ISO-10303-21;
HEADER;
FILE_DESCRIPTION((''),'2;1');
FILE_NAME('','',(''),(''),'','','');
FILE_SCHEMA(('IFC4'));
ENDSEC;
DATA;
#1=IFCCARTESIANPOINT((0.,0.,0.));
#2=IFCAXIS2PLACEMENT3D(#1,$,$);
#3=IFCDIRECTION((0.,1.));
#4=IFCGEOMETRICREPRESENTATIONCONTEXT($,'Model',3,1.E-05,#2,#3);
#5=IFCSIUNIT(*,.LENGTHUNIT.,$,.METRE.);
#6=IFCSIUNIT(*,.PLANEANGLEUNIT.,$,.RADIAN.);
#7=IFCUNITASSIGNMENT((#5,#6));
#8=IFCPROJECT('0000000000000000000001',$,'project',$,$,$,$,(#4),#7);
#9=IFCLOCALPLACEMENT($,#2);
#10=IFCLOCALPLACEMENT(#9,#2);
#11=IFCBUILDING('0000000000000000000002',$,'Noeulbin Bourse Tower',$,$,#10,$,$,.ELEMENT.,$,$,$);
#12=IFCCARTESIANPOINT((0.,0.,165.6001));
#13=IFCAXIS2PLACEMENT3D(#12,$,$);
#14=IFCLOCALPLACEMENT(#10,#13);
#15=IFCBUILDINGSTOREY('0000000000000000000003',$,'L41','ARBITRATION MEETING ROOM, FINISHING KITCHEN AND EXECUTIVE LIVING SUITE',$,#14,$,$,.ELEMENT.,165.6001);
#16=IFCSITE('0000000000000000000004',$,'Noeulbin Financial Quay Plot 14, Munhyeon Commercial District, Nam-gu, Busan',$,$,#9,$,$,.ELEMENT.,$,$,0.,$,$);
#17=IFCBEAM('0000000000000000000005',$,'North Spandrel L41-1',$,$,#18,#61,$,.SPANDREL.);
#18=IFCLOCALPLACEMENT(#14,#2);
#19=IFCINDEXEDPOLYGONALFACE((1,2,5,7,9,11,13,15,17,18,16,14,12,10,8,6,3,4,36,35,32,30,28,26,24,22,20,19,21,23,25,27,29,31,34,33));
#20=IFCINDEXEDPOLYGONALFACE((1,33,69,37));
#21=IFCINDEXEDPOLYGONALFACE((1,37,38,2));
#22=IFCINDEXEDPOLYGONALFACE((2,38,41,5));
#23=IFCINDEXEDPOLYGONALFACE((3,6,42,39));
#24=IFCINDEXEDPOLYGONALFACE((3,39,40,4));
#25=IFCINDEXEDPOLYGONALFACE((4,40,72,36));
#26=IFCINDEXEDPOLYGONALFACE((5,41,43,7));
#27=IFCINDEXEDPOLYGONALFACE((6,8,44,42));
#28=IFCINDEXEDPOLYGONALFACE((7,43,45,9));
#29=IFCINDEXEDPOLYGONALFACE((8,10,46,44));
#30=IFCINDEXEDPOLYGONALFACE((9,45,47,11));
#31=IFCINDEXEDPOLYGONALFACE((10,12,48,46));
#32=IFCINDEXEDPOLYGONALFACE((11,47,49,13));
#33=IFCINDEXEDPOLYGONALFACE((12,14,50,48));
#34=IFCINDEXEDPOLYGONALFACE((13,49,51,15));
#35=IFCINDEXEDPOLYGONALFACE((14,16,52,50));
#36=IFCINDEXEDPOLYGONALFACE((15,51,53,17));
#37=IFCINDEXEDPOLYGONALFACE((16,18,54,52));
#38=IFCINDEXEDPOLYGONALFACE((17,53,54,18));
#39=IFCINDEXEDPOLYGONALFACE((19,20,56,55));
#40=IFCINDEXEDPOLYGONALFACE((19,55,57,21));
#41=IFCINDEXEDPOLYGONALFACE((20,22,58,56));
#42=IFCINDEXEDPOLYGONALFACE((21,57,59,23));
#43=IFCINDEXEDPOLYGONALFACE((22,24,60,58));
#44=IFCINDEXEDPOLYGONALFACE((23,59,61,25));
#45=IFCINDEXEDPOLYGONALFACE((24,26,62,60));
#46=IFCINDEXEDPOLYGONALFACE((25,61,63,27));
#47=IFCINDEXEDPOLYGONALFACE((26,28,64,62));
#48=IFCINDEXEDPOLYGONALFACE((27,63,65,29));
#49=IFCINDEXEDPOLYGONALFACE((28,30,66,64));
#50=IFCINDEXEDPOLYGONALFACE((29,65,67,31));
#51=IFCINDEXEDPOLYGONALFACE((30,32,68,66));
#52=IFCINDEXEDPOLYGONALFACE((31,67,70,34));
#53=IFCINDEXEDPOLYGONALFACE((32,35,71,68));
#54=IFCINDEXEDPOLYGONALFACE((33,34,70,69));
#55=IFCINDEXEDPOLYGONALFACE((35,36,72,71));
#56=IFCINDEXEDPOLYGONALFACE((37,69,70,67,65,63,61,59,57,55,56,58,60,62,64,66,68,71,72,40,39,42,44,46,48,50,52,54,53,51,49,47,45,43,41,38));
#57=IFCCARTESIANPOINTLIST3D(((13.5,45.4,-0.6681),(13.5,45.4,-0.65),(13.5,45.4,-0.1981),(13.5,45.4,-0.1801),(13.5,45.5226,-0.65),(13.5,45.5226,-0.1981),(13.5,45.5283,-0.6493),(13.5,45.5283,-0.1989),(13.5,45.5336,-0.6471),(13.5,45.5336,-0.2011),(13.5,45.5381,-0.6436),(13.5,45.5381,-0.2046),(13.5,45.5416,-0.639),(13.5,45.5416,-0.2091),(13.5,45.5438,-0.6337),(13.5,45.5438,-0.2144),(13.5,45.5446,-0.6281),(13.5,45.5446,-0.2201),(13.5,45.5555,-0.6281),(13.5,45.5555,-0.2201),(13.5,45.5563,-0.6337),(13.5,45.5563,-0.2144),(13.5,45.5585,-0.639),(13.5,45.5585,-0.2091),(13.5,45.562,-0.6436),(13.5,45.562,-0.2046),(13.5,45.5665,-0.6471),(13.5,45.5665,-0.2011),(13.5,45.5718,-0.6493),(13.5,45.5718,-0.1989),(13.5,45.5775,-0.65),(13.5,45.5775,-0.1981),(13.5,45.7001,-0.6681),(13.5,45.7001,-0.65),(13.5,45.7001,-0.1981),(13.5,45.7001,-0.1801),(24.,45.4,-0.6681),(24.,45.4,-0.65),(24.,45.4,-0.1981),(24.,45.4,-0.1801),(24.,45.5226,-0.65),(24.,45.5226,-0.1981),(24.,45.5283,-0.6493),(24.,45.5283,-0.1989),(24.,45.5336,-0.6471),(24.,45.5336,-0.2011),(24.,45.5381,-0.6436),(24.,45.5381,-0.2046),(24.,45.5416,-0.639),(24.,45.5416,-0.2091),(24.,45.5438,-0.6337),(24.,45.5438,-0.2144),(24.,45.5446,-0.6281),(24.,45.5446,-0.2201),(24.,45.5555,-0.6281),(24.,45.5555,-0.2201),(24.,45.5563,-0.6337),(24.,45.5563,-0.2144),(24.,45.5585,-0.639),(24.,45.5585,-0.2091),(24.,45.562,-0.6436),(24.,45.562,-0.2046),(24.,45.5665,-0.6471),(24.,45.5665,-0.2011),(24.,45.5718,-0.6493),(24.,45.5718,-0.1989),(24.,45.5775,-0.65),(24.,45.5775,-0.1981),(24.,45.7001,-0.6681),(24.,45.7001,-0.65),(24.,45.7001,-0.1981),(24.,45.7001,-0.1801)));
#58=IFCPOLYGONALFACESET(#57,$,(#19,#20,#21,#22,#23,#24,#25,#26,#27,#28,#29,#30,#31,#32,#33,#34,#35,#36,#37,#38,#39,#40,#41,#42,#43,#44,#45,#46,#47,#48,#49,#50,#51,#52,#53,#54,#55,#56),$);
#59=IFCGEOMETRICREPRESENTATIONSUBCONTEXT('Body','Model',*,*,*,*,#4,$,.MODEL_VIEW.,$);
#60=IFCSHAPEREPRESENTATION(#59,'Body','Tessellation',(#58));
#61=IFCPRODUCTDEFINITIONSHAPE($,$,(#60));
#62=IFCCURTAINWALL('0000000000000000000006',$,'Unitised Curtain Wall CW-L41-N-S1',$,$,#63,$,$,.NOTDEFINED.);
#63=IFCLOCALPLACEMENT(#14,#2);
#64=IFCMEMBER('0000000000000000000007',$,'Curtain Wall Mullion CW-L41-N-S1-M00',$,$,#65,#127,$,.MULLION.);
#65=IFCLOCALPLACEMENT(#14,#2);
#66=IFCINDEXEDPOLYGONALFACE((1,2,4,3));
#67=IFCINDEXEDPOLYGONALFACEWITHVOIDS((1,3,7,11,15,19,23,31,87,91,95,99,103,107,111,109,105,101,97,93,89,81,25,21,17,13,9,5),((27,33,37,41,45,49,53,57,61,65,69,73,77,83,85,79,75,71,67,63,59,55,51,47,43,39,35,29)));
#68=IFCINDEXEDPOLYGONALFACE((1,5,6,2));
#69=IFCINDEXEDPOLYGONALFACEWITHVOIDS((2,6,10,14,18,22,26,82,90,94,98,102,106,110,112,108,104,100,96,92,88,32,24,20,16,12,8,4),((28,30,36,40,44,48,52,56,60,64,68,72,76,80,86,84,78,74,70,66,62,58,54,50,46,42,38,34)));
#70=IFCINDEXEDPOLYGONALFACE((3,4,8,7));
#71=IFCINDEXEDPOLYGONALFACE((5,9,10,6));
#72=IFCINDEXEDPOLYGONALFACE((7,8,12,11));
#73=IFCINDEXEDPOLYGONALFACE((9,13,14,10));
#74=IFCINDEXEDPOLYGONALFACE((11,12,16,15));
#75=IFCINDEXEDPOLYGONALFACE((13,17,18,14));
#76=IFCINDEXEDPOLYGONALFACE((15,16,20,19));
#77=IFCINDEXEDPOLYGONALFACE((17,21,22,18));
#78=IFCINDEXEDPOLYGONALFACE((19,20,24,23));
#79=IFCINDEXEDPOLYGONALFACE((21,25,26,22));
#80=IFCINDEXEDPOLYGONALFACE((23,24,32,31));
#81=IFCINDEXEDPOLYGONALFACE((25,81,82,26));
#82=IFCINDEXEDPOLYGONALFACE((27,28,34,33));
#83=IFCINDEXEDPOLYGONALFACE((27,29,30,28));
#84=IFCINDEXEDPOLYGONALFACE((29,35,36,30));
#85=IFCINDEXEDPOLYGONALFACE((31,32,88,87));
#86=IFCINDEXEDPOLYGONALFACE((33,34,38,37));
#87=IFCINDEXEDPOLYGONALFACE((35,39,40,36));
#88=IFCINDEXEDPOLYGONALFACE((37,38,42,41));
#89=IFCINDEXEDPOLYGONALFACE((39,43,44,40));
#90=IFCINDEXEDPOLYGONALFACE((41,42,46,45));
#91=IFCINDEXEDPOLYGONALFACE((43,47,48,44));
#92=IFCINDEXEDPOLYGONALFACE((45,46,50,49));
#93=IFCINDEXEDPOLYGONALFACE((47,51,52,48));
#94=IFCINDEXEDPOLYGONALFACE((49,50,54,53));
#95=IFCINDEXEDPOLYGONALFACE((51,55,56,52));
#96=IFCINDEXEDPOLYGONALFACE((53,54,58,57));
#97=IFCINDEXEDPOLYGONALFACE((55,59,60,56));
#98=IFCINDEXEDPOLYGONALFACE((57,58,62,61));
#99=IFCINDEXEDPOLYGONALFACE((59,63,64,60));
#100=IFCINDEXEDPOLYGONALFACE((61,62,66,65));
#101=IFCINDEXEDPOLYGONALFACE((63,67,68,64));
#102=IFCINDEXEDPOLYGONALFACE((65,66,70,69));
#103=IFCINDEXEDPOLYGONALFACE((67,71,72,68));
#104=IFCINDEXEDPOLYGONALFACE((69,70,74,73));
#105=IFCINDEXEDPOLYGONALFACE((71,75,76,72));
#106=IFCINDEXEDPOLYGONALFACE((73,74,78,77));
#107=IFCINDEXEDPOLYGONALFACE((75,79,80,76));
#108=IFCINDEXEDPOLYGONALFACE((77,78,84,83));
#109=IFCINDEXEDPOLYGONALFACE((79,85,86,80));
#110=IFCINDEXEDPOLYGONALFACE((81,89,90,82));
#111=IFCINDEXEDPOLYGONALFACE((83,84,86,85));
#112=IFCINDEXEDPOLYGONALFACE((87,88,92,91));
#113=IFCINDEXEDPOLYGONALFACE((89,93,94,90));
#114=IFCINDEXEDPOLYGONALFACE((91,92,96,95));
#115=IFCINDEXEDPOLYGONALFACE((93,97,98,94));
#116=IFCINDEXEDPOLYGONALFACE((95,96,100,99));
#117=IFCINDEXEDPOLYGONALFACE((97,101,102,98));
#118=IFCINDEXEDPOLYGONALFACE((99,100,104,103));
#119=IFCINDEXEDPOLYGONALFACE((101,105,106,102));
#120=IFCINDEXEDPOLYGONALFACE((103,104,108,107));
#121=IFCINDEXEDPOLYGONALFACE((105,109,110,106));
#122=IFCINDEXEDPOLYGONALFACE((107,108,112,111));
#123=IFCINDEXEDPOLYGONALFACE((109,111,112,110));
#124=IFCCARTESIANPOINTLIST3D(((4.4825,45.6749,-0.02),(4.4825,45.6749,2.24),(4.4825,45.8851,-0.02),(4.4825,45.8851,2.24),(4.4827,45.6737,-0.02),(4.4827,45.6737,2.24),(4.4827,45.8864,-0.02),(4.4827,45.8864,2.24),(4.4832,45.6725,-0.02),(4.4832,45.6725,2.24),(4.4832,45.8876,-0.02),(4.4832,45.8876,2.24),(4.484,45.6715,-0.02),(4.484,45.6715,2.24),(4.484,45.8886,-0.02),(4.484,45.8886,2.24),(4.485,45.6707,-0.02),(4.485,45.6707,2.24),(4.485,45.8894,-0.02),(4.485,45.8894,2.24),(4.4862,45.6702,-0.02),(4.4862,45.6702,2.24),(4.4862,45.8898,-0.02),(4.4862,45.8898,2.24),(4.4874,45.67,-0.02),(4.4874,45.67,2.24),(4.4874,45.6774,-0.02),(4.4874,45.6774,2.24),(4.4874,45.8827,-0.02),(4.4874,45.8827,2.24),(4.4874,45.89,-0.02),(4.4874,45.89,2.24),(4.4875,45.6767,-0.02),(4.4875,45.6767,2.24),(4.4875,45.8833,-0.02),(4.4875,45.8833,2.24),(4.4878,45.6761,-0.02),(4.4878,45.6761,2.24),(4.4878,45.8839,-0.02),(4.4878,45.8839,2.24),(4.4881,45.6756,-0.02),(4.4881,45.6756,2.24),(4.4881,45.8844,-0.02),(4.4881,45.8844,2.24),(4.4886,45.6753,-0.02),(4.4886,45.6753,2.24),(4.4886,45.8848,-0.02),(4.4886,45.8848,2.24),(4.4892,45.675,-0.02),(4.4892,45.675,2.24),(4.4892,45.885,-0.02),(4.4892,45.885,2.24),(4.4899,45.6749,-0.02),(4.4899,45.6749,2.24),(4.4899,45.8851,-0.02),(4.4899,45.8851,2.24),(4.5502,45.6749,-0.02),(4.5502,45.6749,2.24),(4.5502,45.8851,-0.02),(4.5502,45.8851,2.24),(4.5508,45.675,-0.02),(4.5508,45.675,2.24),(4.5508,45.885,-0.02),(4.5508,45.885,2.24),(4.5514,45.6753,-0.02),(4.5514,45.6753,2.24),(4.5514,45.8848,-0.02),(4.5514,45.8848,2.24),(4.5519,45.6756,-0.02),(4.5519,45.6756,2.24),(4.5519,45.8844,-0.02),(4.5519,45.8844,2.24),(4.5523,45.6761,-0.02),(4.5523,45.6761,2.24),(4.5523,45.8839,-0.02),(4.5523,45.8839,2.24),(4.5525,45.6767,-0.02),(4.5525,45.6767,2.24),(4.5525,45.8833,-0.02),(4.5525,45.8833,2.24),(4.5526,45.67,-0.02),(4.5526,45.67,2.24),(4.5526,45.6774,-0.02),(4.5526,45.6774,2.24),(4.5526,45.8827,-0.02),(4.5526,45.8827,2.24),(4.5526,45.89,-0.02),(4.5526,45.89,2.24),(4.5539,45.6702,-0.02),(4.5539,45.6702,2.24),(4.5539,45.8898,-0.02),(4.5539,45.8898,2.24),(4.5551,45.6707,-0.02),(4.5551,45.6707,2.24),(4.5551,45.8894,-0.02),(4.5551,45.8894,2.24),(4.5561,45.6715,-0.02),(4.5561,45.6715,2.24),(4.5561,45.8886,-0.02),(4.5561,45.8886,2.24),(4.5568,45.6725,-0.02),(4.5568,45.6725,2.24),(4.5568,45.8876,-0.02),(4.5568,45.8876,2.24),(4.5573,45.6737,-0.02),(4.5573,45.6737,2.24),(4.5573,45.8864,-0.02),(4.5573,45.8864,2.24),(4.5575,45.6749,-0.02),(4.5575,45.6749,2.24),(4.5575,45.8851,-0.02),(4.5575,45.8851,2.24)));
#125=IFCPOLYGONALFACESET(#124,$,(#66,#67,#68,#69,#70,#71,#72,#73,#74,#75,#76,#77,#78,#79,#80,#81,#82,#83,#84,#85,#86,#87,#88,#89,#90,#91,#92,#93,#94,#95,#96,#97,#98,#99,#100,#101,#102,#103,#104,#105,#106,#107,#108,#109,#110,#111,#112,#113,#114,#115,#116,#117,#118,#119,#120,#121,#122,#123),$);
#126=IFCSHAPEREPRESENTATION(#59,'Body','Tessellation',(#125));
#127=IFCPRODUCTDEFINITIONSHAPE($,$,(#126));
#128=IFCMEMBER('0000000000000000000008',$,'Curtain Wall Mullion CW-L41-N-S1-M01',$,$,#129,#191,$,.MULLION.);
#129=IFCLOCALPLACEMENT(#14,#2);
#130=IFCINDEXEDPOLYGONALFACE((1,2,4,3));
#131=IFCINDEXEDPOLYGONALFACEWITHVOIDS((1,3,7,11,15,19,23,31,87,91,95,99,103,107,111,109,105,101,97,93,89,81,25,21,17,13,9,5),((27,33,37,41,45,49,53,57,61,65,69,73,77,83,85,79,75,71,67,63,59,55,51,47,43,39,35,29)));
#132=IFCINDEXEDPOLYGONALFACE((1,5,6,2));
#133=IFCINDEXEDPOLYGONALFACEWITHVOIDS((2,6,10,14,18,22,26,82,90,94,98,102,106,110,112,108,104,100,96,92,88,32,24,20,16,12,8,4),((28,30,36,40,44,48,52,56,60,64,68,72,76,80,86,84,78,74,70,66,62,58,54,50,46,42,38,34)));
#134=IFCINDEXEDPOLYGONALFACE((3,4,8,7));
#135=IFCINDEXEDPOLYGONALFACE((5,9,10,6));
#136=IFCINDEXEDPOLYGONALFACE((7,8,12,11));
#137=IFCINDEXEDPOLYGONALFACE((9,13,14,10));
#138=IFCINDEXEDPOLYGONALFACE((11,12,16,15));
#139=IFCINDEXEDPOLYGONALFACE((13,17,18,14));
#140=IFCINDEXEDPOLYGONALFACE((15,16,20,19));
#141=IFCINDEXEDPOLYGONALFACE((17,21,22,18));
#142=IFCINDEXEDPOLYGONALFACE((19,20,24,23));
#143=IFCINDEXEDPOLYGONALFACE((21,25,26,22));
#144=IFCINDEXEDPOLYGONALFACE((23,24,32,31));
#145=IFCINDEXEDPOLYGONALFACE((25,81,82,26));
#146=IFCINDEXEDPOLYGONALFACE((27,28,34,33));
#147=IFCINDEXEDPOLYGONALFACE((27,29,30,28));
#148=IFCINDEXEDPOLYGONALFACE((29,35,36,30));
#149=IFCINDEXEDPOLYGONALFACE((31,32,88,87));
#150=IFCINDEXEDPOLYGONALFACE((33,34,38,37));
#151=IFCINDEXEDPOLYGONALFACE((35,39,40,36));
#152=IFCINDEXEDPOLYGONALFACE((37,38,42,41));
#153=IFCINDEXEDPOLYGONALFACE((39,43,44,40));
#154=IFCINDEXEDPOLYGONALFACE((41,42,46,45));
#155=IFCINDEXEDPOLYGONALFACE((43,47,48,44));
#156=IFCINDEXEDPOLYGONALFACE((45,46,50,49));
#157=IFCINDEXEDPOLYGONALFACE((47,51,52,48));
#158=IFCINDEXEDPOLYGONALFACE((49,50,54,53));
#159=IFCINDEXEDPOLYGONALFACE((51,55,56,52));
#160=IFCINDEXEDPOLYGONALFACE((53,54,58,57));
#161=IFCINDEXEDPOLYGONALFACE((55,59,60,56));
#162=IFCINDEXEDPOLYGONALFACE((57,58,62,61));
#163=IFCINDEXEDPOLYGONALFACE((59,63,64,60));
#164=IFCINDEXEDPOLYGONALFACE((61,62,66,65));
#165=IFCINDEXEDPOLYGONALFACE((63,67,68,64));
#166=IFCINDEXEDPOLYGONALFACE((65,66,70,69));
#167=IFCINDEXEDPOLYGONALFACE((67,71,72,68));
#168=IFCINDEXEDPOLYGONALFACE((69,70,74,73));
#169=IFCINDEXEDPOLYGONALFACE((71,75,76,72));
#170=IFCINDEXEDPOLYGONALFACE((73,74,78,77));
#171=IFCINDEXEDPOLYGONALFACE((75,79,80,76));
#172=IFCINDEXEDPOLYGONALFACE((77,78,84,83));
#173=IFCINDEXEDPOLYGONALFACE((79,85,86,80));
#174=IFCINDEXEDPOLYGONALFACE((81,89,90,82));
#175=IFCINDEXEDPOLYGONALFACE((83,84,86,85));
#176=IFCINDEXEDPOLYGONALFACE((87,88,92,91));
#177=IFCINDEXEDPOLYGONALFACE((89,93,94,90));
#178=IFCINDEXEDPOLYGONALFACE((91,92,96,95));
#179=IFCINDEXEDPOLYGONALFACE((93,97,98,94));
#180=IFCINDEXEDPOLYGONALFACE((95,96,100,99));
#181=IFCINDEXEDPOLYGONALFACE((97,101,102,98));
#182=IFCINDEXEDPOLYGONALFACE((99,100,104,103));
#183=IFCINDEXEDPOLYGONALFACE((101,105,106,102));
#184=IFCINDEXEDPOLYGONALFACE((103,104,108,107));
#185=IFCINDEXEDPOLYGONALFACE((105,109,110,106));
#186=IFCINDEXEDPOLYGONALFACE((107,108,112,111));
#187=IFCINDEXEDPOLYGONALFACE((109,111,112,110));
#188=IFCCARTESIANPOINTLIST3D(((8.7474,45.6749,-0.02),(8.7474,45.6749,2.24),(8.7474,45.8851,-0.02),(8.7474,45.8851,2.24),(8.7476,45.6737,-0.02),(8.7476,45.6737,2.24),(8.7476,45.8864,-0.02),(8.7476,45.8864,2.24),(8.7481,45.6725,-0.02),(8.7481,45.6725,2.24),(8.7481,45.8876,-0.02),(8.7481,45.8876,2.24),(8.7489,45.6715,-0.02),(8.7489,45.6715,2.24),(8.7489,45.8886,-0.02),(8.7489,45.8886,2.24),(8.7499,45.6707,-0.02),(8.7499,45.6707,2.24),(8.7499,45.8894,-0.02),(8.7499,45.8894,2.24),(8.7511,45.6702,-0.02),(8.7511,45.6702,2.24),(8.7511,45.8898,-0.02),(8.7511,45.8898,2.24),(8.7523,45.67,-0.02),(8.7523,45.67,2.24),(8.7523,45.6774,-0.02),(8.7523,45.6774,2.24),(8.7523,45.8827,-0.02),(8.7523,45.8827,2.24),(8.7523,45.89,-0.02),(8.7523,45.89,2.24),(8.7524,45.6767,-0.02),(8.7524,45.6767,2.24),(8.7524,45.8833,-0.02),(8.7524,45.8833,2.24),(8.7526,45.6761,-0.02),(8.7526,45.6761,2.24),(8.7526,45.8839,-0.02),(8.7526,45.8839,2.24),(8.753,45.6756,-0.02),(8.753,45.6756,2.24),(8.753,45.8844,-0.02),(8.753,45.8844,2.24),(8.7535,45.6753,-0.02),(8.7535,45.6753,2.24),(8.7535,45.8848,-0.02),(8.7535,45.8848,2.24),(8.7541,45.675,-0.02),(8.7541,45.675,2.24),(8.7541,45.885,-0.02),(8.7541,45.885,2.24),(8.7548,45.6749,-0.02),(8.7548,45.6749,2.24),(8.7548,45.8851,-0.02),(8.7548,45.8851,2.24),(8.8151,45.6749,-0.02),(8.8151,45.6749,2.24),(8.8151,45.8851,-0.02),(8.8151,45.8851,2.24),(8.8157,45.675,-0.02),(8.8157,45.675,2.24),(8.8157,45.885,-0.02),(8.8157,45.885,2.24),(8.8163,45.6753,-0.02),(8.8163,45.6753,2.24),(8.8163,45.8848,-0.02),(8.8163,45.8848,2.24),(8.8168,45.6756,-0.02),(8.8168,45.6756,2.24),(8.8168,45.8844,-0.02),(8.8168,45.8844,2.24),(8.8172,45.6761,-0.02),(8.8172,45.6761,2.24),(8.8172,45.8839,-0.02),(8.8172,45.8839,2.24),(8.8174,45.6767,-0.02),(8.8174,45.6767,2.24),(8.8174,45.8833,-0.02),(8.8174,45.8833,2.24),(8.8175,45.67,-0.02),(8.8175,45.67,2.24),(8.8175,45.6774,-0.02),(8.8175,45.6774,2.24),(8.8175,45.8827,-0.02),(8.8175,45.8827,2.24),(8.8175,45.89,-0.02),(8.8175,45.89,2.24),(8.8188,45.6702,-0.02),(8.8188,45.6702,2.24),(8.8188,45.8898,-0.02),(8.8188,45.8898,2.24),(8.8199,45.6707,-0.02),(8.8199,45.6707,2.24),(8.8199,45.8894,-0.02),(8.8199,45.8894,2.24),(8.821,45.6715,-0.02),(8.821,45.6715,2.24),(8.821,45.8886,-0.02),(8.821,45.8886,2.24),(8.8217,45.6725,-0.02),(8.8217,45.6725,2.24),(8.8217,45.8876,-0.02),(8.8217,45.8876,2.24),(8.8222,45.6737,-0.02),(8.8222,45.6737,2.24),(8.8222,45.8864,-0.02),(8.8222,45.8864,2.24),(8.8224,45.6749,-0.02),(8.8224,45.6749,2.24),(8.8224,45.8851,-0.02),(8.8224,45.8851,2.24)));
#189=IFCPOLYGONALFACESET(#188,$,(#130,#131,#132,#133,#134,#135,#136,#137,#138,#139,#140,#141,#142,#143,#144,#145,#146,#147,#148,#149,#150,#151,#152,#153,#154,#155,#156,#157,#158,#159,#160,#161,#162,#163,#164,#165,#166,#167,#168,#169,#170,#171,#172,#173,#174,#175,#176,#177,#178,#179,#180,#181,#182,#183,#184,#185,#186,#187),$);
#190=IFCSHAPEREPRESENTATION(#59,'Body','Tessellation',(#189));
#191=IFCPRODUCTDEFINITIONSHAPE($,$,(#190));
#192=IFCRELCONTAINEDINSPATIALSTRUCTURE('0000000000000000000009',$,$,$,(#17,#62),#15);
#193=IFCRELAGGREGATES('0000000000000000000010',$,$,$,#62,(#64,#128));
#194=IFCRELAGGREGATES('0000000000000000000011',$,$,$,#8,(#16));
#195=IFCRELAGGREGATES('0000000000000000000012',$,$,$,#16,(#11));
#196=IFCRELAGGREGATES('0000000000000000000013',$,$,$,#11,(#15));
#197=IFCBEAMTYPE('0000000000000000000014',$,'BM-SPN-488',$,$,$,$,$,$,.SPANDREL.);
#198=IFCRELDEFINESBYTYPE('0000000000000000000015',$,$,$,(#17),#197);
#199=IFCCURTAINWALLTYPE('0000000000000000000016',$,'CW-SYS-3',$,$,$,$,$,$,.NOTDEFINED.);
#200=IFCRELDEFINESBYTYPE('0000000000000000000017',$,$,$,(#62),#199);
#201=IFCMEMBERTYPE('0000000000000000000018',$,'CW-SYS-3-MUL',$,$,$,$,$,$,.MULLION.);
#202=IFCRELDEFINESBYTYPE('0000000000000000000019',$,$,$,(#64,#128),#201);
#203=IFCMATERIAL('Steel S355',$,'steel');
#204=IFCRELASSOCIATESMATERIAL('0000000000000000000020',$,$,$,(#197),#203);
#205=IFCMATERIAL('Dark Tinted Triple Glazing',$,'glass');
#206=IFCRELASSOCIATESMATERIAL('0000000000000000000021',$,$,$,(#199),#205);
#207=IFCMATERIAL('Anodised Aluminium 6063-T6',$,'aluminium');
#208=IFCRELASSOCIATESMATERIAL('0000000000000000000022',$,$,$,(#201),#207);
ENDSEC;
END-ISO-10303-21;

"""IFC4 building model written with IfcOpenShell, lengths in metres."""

from ifc_helpers import new_model, si_unit, direction, frame, origin, origin_2d, place, context, subcontext, project, spatial, hollow_rectangle, i_section, extrude, material, material_profile, profile_set, type_object, element, aggregate, save


model = new_model("IFC4")

# Units and contexts
model_context = context("Model", 3, precision=1e-05, world=origin(), true_north=direction((0.0, 1.0)))
body_context = subcontext(model_context, "Body", "Model", "MODEL_VIEW")
ifc_project = project(units=[si_unit("LENGTHUNIT", "METRE"), si_unit("PLANEANGLEUNIT", "RADIAN")], contexts=[model_context])

# Site, building, storey
site_placement = place(None, origin())
site = spatial("IfcSite", under=ifc_project, at=site_placement, Name="Noeulbin Financial Quay Plot 14, Munhyeon Commercial District, Nam-gu, Busan", CompositionType="ELEMENT", RefElevation=0.0)
building_placement = place(site_placement, origin())
building = spatial("IfcBuilding", under=site, at=building_placement, Name="Noeulbin Bourse Tower", CompositionType="ELEMENT")
storey_placement = place(building_placement, frame((0.0, 0.0, 165.6001)))
storey = spatial("IfcBuildingStorey", under=building, at=storey_placement, Name="L41", Description="ARBITRATION MEETING ROOM, FINISHING KITCHEN AND EXECUTIVE LIVING SUITE", CompositionType="ELEMENT", Elevation=165.6001)

# Shared definitions
ifc_material_1 = material(Name="Steel S355", Category="steel")

# Beam
ifc_material_profile_1 = material_profile(ifc_material_1, i_section(OverallWidth=0.3, OverallDepth=0.488, WebThickness=0.011, FlangeThickness=0.0181, FilletRadius=0.022, at=origin_2d()), Name="H-488x300x11x18", Category="LoadBearing")
ifc_profile_set_1 = profile_set([ifc_material_profile_1], Name="Steel S355")
beam_type_1 = type_object("IfcBeamType", Name="BM-SPN-488", PredefinedType="SPANDREL", material=ifc_profile_set_1)
beam_1_placement = place(storey_placement, frame((13.5, 45.55, -0.4241), z_axis=(1.0, 0.0, 0.0), x_axis=(0.0, 1.0, 0.0)))
element("IfcBeam", 1, at=beam_1_placement, inside=storey, type_object=beam_type_1, Name="North Spandrel L41-1", PredefinedType="SPANDREL", context=body_context, shape_type="SweptSolid", body=[
    extrude(i_section(OverallWidth=0.3, OverallDepth=0.488, WebThickness=0.011, FlangeThickness=0.0181, FilletRadius=0.022, at=origin_2d()), origin(), (0.0, 0.0, 1.0), 10.5),
])

# Curtain wall, members
ifc_material_2 = material(Name="Dark Tinted Triple Glazing", Category="glass")
curtain_wall_type = type_object("IfcCurtainWallType", Name="CW-SYS-3", PredefinedType="NOTDEFINED", material=ifc_material_2)
curtain_wall_1_placement = place(storey_placement, origin())
curtain_wall_1 = element("IfcCurtainWall", 2, at=curtain_wall_1_placement, inside=storey, type_object=curtain_wall_type, Name="Unitised Curtain Wall CW-L41-N-S1", PredefinedType="NOTDEFINED")
ifc_material_3 = material(Name="Anodised Aluminium 6063-T6", Category="aluminium")
ifc_material_profile_2 = material_profile(ifc_material_3, hollow_rectangle(XDim=0.075, YDim=0.22, WallThickness=0.0049, InnerFilletRadius=0.0024, OuterFilletRadius=0.0049, at=origin_2d()), Name="ALU-MULL-75x220x5", Category="LoadBearing")
ifc_profile_set_2 = profile_set([ifc_material_profile_2], Name="Anodised Aluminium 6063-T6")
member_type_1 = type_object("IfcMemberType", Name="CW-SYS-3-MUL", PredefinedType="MULLION", material=ifc_profile_set_2)
member_1_placement = place(storey_placement, frame((4.52, 45.78, -0.02), z_axis=(0.0, 0.0, 1.0), x_axis=(1.0, 0.0, 0.0)))
member_1 = element("IfcMember", 3, at=member_1_placement, type_object=member_type_1, Name="Curtain Wall Mullion CW-L41-N-S1-M00", PredefinedType="MULLION", context=body_context, shape_type="SweptSolid", body=[
    extrude(hollow_rectangle(XDim=0.075, YDim=0.22, WallThickness=0.0049, InnerFilletRadius=0.0024, OuterFilletRadius=0.0049, at=origin_2d()), origin(), (0.0, 0.0, 1.0), 2.26),
])
member_2_placement = place(storey_placement, frame((8.7849, 45.78, -0.02), z_axis=(0.0, 0.0, 1.0), x_axis=(1.0, 0.0, 0.0)))
member_2 = element("IfcMember", 4, at=member_2_placement, type_object=member_type_1, Name="Curtain Wall Mullion CW-L41-N-S1-M01", PredefinedType="MULLION", context=body_context, shape_type="SweptSolid", body=[
    extrude(hollow_rectangle(XDim=0.075, YDim=0.22, WallThickness=0.0049, InnerFilletRadius=0.0024, OuterFilletRadius=0.0049, at=origin_2d()), origin(), (0.0, 0.0, 1.0), 2.26),
])

aggregate(curtain_wall_1, [member_1, member_2])

save(model, "model.ifc")
